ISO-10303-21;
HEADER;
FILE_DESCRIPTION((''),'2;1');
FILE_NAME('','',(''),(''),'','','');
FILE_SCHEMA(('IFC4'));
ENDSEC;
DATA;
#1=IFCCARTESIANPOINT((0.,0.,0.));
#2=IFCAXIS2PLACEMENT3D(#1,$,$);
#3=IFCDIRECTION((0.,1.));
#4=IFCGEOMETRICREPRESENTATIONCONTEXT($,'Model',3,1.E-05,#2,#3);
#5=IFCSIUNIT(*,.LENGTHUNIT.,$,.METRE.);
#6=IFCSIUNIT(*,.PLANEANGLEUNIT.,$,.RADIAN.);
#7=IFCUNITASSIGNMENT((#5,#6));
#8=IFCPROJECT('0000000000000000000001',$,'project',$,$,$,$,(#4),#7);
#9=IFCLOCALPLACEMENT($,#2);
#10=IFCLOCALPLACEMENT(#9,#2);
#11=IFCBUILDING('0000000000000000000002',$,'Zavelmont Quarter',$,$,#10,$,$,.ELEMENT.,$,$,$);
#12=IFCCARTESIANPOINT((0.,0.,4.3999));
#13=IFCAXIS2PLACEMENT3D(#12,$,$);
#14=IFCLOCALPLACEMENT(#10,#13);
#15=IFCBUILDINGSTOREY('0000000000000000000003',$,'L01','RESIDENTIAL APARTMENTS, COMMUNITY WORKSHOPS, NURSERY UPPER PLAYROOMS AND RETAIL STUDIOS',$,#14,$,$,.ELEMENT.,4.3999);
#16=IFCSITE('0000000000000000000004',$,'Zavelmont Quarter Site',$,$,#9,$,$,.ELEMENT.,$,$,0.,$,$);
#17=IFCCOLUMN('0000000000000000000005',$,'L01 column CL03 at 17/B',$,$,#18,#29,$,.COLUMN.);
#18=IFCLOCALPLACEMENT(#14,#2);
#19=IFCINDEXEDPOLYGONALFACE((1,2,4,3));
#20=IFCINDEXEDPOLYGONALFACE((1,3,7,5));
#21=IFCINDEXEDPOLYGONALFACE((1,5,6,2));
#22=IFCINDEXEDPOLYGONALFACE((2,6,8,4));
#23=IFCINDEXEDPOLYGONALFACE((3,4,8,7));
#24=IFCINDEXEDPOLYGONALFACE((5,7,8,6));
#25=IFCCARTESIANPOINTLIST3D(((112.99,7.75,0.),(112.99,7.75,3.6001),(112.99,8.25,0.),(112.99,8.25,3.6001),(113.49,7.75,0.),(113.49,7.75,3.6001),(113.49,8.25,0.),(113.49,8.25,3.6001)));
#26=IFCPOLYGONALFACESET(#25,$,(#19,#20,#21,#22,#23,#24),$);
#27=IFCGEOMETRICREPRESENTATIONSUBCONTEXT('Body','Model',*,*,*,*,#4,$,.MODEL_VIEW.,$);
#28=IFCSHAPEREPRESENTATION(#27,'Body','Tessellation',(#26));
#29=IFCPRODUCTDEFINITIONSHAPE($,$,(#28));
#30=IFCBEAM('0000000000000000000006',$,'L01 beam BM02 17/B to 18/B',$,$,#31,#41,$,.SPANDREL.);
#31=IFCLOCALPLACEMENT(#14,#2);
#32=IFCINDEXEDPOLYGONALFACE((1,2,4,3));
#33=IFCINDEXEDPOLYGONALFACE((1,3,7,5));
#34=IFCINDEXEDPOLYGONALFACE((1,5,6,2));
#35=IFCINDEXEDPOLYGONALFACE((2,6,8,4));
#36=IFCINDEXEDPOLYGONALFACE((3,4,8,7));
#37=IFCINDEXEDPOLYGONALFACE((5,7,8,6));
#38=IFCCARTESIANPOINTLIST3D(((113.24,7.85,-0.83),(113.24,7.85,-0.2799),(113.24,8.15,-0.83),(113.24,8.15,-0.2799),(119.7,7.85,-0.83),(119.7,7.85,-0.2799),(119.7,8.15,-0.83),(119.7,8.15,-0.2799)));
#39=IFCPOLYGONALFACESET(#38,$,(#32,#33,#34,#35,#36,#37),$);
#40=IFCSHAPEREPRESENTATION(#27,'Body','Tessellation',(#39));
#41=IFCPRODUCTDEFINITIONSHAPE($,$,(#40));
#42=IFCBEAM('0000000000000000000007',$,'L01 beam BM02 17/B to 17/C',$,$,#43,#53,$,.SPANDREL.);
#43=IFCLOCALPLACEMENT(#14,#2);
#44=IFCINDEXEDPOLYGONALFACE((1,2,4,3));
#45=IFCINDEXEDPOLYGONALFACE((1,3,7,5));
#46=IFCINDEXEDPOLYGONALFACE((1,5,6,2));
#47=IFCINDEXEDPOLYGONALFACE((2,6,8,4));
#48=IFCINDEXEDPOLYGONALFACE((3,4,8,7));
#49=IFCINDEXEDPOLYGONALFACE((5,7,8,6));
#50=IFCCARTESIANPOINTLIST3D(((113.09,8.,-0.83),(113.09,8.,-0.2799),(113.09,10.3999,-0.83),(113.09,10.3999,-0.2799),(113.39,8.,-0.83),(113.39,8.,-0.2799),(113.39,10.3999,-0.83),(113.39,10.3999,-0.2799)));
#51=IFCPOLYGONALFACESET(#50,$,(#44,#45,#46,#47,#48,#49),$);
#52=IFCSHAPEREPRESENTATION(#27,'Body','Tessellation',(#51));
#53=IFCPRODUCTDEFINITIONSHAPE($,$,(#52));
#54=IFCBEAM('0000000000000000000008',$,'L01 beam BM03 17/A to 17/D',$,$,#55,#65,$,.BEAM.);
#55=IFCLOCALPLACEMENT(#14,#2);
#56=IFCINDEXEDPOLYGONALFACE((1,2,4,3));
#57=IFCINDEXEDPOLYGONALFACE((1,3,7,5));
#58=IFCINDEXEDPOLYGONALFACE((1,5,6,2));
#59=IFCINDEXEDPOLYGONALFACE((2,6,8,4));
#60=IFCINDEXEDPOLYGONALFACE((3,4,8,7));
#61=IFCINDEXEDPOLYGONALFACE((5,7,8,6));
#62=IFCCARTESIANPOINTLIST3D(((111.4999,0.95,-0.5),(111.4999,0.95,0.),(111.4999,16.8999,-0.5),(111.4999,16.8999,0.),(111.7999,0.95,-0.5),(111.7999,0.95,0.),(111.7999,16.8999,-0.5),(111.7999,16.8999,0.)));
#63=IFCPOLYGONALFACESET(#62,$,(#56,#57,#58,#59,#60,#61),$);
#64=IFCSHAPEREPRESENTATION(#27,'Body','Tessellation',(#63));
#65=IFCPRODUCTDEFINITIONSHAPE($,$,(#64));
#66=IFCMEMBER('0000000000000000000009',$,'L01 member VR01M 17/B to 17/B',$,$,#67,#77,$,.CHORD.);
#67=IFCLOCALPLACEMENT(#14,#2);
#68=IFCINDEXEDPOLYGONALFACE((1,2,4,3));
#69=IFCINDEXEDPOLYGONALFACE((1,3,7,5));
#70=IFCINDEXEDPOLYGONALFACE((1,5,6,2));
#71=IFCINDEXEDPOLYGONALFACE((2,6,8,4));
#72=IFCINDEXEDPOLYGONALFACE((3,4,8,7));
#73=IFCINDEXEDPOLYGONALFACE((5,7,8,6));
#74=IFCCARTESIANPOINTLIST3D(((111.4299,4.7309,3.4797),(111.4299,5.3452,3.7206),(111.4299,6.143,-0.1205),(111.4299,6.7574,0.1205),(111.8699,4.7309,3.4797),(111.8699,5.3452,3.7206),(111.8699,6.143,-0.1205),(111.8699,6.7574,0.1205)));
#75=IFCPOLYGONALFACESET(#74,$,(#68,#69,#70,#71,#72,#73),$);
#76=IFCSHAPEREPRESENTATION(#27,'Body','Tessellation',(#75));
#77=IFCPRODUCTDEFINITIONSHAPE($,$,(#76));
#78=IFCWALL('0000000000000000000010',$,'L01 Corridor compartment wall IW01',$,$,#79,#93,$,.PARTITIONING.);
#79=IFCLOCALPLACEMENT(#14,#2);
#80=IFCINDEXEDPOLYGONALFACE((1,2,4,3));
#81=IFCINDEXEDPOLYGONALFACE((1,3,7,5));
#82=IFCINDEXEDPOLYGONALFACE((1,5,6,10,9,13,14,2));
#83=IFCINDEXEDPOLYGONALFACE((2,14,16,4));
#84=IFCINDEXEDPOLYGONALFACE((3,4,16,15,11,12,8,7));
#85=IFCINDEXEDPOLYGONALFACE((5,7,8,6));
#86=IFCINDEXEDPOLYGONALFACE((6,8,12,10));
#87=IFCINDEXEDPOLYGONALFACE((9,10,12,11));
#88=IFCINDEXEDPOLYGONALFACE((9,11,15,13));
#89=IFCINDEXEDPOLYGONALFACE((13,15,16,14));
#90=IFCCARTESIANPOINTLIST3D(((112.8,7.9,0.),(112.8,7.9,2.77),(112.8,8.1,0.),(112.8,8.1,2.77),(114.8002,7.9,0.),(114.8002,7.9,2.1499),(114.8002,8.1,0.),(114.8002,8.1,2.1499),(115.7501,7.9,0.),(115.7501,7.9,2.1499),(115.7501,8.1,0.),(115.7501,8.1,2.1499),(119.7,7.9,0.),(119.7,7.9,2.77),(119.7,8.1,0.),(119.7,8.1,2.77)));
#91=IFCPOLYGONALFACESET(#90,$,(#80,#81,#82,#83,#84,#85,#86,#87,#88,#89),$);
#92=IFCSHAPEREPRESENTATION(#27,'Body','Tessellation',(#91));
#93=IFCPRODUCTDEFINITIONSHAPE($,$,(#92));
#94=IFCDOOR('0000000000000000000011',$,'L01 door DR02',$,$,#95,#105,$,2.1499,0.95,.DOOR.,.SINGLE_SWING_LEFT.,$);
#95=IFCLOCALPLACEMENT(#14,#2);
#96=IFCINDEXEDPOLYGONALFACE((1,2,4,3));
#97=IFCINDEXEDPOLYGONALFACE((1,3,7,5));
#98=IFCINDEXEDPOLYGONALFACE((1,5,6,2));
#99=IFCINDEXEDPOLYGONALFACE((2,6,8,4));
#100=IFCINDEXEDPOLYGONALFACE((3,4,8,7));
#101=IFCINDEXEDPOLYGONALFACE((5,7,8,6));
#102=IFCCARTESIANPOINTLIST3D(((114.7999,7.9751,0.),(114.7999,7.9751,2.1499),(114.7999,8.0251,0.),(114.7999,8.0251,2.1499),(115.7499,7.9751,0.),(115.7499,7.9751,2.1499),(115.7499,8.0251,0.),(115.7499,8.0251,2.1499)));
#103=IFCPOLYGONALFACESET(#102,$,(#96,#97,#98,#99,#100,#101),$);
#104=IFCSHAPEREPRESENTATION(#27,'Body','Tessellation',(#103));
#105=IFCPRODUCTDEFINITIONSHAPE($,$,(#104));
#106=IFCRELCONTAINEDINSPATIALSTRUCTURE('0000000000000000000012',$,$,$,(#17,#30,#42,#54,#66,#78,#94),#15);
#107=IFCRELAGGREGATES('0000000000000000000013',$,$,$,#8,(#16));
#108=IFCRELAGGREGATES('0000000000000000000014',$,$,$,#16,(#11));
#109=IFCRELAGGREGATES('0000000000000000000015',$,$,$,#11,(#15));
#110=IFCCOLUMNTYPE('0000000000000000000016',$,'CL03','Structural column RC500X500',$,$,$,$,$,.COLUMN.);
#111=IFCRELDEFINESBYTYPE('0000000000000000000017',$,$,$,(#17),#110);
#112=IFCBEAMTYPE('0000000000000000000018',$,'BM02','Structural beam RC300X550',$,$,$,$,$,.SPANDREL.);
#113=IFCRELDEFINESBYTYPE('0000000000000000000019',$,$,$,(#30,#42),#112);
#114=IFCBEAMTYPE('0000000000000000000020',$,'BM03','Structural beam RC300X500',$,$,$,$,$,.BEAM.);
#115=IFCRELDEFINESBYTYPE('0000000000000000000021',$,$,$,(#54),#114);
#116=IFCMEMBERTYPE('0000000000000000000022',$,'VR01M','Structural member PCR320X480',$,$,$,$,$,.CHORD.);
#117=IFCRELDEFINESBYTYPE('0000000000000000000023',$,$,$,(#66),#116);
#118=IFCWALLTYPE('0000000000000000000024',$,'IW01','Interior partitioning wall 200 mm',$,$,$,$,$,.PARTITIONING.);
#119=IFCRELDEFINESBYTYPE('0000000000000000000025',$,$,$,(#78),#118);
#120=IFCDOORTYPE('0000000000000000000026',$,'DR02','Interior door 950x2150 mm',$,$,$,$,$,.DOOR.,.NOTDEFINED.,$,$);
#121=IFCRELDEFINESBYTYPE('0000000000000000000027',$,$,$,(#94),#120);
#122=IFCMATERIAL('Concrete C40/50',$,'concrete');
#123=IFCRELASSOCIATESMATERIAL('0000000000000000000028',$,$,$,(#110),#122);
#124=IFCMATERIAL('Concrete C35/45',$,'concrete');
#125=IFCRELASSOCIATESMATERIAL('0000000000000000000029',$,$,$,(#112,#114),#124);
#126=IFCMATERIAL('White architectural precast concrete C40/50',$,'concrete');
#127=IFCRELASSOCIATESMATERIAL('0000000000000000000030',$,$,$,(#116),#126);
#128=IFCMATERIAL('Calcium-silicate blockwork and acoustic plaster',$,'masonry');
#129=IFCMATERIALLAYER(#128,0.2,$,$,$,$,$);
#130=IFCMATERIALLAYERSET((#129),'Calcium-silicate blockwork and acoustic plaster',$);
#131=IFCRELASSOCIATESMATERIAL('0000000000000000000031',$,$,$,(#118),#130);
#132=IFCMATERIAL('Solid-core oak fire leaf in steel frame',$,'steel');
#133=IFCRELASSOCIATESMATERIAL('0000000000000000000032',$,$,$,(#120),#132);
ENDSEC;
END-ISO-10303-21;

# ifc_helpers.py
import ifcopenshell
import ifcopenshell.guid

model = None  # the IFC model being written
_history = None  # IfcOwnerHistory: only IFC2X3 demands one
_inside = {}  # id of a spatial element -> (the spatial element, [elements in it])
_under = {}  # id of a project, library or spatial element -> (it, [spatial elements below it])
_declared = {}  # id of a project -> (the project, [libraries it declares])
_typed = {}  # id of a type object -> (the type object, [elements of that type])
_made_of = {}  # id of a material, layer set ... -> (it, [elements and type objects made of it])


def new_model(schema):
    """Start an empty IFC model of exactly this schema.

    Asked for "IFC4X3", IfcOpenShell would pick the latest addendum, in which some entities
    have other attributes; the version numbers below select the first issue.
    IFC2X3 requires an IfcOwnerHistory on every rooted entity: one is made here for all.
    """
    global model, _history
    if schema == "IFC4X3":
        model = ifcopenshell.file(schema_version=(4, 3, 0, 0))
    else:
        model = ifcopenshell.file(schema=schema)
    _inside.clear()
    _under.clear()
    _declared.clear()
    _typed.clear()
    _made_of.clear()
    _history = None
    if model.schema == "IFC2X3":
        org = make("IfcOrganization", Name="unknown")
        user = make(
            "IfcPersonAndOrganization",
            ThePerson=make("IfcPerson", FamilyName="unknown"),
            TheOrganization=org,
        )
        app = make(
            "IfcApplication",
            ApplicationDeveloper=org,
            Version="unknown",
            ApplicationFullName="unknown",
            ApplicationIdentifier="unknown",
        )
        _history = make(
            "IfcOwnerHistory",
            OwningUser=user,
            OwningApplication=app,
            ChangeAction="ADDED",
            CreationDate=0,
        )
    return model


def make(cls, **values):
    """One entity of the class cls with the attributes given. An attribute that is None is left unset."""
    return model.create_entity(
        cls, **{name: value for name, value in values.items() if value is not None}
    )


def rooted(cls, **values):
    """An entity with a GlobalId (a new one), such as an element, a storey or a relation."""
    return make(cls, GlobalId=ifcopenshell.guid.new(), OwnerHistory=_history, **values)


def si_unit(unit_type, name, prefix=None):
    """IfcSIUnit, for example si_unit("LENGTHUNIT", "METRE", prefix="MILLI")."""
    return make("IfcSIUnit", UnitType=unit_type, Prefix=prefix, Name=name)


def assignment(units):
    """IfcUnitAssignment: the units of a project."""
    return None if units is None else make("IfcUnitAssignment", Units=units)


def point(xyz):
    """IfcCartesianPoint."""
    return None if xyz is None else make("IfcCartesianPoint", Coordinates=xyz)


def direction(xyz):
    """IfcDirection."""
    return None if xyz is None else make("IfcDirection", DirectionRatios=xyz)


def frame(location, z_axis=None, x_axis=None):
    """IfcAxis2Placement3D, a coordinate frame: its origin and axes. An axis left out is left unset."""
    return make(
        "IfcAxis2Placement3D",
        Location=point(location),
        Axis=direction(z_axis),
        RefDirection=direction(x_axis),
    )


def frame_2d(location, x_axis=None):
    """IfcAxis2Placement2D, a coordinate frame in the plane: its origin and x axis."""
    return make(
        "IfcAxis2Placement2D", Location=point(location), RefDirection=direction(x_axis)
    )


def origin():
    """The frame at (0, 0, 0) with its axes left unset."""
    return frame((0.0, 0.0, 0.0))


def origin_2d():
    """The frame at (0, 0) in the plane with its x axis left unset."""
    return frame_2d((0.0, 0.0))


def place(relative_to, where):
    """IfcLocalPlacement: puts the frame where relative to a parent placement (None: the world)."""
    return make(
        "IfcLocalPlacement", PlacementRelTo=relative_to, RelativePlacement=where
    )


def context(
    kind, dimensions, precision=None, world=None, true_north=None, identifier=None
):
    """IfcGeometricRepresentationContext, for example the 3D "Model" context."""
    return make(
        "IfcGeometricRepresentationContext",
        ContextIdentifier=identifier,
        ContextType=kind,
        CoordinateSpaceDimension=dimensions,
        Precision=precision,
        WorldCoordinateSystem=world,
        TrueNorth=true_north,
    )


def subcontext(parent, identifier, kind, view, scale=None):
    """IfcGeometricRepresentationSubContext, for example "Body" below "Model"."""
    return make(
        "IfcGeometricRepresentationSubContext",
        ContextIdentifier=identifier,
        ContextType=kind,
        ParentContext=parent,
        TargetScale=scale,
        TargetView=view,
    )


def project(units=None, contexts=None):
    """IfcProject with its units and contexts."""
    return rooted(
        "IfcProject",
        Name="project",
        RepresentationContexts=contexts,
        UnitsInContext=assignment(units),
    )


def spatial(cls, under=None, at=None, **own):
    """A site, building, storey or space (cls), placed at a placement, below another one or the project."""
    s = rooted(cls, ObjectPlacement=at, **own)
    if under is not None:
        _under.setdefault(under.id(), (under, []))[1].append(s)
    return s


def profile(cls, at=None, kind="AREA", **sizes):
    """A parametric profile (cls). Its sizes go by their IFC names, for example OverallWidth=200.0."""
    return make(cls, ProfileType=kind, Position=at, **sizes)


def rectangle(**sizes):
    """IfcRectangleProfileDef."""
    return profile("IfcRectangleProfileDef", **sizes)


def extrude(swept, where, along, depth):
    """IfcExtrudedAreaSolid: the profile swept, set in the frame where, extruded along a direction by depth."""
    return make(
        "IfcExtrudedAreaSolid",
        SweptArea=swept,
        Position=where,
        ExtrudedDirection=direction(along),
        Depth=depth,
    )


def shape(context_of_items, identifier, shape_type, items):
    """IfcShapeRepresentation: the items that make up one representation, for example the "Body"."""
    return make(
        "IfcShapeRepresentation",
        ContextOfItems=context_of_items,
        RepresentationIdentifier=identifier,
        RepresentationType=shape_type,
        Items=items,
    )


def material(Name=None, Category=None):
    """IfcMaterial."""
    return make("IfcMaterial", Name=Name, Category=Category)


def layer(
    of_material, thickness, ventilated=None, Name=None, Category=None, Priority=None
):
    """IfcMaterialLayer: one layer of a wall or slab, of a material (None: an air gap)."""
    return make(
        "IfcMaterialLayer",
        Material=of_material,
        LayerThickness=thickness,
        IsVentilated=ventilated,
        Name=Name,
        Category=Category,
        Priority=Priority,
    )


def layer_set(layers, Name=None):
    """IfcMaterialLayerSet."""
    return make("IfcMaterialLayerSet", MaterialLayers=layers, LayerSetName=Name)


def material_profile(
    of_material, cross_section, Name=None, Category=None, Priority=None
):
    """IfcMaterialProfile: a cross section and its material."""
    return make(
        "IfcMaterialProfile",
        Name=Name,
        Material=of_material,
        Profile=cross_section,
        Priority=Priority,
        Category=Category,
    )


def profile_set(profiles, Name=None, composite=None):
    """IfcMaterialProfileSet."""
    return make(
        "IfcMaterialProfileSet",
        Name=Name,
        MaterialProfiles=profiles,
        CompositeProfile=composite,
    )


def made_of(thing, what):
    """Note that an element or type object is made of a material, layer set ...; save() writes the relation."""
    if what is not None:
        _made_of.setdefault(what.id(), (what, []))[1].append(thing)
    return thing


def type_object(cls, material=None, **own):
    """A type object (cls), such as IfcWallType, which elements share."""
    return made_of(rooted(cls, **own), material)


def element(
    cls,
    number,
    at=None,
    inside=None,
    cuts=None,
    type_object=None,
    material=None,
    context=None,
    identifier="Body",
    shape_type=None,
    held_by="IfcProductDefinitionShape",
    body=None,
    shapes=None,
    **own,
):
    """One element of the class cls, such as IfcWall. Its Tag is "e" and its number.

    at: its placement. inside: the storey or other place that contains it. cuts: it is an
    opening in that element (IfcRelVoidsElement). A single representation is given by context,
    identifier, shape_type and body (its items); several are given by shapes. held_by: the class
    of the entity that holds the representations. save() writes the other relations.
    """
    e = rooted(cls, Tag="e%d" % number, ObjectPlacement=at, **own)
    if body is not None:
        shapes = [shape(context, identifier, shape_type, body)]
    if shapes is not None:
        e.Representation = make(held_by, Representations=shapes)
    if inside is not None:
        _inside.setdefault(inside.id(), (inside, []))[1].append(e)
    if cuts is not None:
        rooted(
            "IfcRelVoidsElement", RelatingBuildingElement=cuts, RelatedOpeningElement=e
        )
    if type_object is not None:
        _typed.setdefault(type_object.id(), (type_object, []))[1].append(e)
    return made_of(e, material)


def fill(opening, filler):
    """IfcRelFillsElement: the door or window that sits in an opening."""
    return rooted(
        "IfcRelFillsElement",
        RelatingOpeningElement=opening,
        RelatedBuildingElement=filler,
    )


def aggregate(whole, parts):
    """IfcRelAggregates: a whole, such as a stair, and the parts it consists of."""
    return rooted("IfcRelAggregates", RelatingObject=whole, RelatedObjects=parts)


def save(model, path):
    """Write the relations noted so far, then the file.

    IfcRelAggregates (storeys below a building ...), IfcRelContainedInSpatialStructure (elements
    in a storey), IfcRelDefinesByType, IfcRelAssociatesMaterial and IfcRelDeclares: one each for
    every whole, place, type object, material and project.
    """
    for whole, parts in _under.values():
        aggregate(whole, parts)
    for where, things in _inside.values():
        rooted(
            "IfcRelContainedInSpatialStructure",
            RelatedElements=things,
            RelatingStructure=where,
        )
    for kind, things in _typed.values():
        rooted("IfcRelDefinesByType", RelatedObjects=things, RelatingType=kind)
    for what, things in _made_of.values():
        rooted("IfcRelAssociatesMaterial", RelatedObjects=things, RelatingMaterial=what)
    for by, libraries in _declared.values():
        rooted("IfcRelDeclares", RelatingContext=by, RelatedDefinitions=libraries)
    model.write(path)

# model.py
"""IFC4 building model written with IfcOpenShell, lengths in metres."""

from ifc_helpers import new_model, si_unit, direction, frame, frame_2d, origin, origin_2d, place, context, subcontext, project, spatial, rectangle, extrude, material, layer, layer_set, material_profile, profile_set, type_object, element, fill, save


model = new_model("IFC4")

# Units and contexts
model_context = context("Model", 3, precision=1e-05, world=origin(), true_north=direction((0.0, 1.0)))
body_context = subcontext(model_context, "Body", "Model", "MODEL_VIEW")
ifc_project = project(units=[si_unit("LENGTHUNIT", "METRE"), si_unit("PLANEANGLEUNIT", "RADIAN")], contexts=[model_context])

# Site, building, storey
site_placement = place(None, origin())
site = spatial("IfcSite", under=ifc_project, at=site_placement, Name="Zavelmont Quarter Site", CompositionType="ELEMENT", RefElevation=0.0)
building_placement = place(site_placement, origin())
building = spatial("IfcBuilding", under=site, at=building_placement, Name="Zavelmont Quarter", CompositionType="ELEMENT")
storey_placement = place(building_placement, frame((0.0, 0.0, 4.3999)))
storey = spatial("IfcBuildingStorey", under=building, at=storey_placement, Name="L01", Description="RESIDENTIAL APARTMENTS, COMMUNITY WORKSHOPS, NURSERY UPPER PLAYROOMS AND RETAIL STUDIOS", CompositionType="ELEMENT", Elevation=4.3999)

# Column
ifc_material_1 = material(Name="Concrete C40/50", Category="concrete")
ifc_material_profile_1 = material_profile(ifc_material_1, rectangle(XDim=0.5, YDim=0.5, at=origin_2d()), Name="RC500X500")
ifc_profile_set_1 = profile_set([ifc_material_profile_1], Name="Concrete C40/50")
column_type = type_object("IfcColumnType", Name="CL03", Description="Structural column RC500X500", PredefinedType="COLUMN", material=ifc_profile_set_1)
column_placement = place(storey_placement, frame((113.24, 8.0, 0.0), z_axis=(0.0, 0.0, 1.0), x_axis=(1.0, 0.0, 0.0)))
element("IfcColumn", 1, at=column_placement, inside=storey, type_object=column_type, Name="L01 column CL03 at 17/B", PredefinedType="COLUMN", context=body_context, shape_type="SweptSolid", body=[
    extrude(rectangle(XDim=0.5, YDim=0.5, at=origin_2d()), origin(), (0.0, 0.0, 1.0), 3.6001),
])

# Beams
ifc_material_2 = material(Name="Concrete C35/45", Category="concrete")
ifc_material_profile_2 = material_profile(ifc_material_2, rectangle(XDim=0.3, YDim=0.55, at=origin_2d()), Name="RC300X550")
ifc_profile_set_2 = profile_set([ifc_material_profile_2], Name="Concrete C35/45")
beam_type_1 = type_object("IfcBeamType", Name="BM02", Description="Structural beam RC300X550", PredefinedType="SPANDREL", material=ifc_profile_set_2)
beam_1_placement = place(storey_placement, frame((113.24, 8.0, -0.5549), z_axis=(1.0, 0.0, 0.0), x_axis=(0.0, 1.0, 0.0)))
element("IfcBeam", 2, at=beam_1_placement, inside=storey, type_object=beam_type_1, Name="L01 beam BM02 17/B to 18/B", PredefinedType="SPANDREL", context=body_context, shape_type="SweptSolid", body=[
    extrude(rectangle(XDim=0.3, YDim=0.55, at=origin_2d()), origin(), (0.0, 0.0, 1.0), 6.46),
])
beam_2_placement = place(storey_placement, frame((113.24, 8.0, -0.5549), z_axis=(0.0, 1.0, 0.0), x_axis=(-1.0, 0.0, 0.0)))
element("IfcBeam", 3, at=beam_2_placement, inside=storey, type_object=beam_type_1, Name="L01 beam BM02 17/B to 17/C", PredefinedType="SPANDREL", context=body_context, shape_type="SweptSolid", body=[
    extrude(rectangle(XDim=0.3, YDim=0.55, at=origin_2d()), origin(), (0.0, 0.0, 1.0), 2.3999),
])
ifc_material_profile_3 = material_profile(ifc_material_2, rectangle(XDim=0.3, YDim=0.5, at=origin_2d()), Name="RC300X500")
ifc_profile_set_3 = profile_set([ifc_material_profile_3], Name="Concrete C35/45")
beam_type_2 = type_object("IfcBeamType", Name="BM03", Description="Structural beam RC300X500", PredefinedType="BEAM", material=ifc_profile_set_3)
beam_3_placement = place(storey_placement, frame((111.6499, 0.95, -0.25), z_axis=(0.0, 1.0, 0.0), x_axis=(-1.0, 0.0, 0.0)))
element("IfcBeam", 4, at=beam_3_placement, inside=storey, type_object=beam_type_2, Name="L01 beam BM03 17/A to 17/D", PredefinedType="BEAM", context=body_context, shape_type="SweptSolid", body=[
    extrude(rectangle(XDim=0.3, YDim=0.5, at=origin_2d()), origin(), (0.0, 0.0, 1.0), 15.95),
])

# Member
ifc_material_3 = material(Name="White architectural precast concrete C40/50", Category="concrete")
ifc_material_profile_4 = material_profile(ifc_material_3, rectangle(XDim=0.4399, YDim=0.6599, at=origin_2d()), Name="PCR320X480")
ifc_profile_set_4 = profile_set([ifc_material_profile_4], Name="White architectural precast concrete C40/50")
member_type = type_object("IfcMemberType", Name="VR01M", Description="Structural member PCR320X480", PredefinedType="CHORD", material=ifc_profile_set_4)
member_placement = place(storey_placement, frame((111.6499, 6.4502, 0.0), z_axis=(0.0, -0.365156, 0.930946), x_axis=(1.0, 0.0, 0.0)))
element("IfcMember", 5, at=member_placement, inside=storey, type_object=member_type, Name="L01 member VR01M 17/B to 17/B", PredefinedType="CHORD", context=body_context, shape_type="SweptSolid", body=[
    extrude(rectangle(XDim=0.4399, YDim=0.6599, at=origin_2d()), origin(), (0.0, 0.0, 1.0), 3.8672),
])

# Wall, opening, door
ifc_material_4 = material(Name="Calcium-silicate blockwork and acoustic plaster", Category="masonry")
ifc_layer = layer(ifc_material_4, 0.2)
ifc_layer_set = layer_set([ifc_layer], Name="Calcium-silicate blockwork and acoustic plaster")
wall_type = type_object("IfcWallType", Name="IW01", Description="Interior partitioning wall 200 mm", PredefinedType="PARTITIONING", material=ifc_layer_set)
wall_placement = place(storey_placement, frame((112.8, 8.0, 0.0), z_axis=(0.0, 0.0, 1.0), x_axis=(1.0, 0.0, 0.0)))
wall = element("IfcWall", 6, at=wall_placement, inside=storey, type_object=wall_type, Name="L01 Corridor compartment wall IW01", PredefinedType="PARTITIONING", context=body_context, shape_type="SweptSolid", body=[
    extrude(rectangle(XDim=6.8999, YDim=0.2, at=frame_2d((3.45, 0.0))), origin(), (0.0, 0.0, 1.0), 2.77),
])
opening_placement = place(wall_placement, frame((2.0, 0.0, 0.0)))
opening = element("IfcOpeningElement", 7, at=opening_placement, cuts=wall, PredefinedType="OPENING", context=body_context, shape_type="SweptSolid", body=[
    extrude(rectangle(XDim=0.95, YDim=2.1499, at=frame_2d((0.4751, 1.075))), frame((0.0, 0.1118, 0.0), z_axis=(0.0, -1.0, 0.0), x_axis=(1.0, 0.0, 0.0)), (0.0, 0.0, 1.0), 0.2239),
])
ifc_material_5 = material(Name="Solid-core oak fire leaf in steel frame", Category="steel")
door_type = type_object("IfcDoorType", Name="DR02", Description="Interior door 950x2150 mm", OperationType="NOTDEFINED", PredefinedType="DOOR", material=ifc_material_5)
door_placement = place(opening_placement, frame((0.95, 0.0, 0.0), z_axis=(0.0, 0.0, 1.0), x_axis=(-1.0, 0.0, 0.0)))
door = element("IfcDoor", 8, at=door_placement, inside=storey, type_object=door_type, Name="L01 door DR02", OperationType="SINGLE_SWING_LEFT", OverallHeight=2.1499, OverallWidth=0.95, PredefinedType="DOOR", context=body_context, shape_type="SweptSolid", body=[
    extrude(rectangle(XDim=0.95, YDim=2.1499, at=frame_2d((0.4751, 1.075))), frame((0.0, 0.0249, 0.0), z_axis=(0.0, -1.0, 0.0), x_axis=(1.0, 0.0, 0.0)), (0.0, 0.0, 1.0), 0.05),
])
fill(opening, door)

save(model, "model.ifc")
